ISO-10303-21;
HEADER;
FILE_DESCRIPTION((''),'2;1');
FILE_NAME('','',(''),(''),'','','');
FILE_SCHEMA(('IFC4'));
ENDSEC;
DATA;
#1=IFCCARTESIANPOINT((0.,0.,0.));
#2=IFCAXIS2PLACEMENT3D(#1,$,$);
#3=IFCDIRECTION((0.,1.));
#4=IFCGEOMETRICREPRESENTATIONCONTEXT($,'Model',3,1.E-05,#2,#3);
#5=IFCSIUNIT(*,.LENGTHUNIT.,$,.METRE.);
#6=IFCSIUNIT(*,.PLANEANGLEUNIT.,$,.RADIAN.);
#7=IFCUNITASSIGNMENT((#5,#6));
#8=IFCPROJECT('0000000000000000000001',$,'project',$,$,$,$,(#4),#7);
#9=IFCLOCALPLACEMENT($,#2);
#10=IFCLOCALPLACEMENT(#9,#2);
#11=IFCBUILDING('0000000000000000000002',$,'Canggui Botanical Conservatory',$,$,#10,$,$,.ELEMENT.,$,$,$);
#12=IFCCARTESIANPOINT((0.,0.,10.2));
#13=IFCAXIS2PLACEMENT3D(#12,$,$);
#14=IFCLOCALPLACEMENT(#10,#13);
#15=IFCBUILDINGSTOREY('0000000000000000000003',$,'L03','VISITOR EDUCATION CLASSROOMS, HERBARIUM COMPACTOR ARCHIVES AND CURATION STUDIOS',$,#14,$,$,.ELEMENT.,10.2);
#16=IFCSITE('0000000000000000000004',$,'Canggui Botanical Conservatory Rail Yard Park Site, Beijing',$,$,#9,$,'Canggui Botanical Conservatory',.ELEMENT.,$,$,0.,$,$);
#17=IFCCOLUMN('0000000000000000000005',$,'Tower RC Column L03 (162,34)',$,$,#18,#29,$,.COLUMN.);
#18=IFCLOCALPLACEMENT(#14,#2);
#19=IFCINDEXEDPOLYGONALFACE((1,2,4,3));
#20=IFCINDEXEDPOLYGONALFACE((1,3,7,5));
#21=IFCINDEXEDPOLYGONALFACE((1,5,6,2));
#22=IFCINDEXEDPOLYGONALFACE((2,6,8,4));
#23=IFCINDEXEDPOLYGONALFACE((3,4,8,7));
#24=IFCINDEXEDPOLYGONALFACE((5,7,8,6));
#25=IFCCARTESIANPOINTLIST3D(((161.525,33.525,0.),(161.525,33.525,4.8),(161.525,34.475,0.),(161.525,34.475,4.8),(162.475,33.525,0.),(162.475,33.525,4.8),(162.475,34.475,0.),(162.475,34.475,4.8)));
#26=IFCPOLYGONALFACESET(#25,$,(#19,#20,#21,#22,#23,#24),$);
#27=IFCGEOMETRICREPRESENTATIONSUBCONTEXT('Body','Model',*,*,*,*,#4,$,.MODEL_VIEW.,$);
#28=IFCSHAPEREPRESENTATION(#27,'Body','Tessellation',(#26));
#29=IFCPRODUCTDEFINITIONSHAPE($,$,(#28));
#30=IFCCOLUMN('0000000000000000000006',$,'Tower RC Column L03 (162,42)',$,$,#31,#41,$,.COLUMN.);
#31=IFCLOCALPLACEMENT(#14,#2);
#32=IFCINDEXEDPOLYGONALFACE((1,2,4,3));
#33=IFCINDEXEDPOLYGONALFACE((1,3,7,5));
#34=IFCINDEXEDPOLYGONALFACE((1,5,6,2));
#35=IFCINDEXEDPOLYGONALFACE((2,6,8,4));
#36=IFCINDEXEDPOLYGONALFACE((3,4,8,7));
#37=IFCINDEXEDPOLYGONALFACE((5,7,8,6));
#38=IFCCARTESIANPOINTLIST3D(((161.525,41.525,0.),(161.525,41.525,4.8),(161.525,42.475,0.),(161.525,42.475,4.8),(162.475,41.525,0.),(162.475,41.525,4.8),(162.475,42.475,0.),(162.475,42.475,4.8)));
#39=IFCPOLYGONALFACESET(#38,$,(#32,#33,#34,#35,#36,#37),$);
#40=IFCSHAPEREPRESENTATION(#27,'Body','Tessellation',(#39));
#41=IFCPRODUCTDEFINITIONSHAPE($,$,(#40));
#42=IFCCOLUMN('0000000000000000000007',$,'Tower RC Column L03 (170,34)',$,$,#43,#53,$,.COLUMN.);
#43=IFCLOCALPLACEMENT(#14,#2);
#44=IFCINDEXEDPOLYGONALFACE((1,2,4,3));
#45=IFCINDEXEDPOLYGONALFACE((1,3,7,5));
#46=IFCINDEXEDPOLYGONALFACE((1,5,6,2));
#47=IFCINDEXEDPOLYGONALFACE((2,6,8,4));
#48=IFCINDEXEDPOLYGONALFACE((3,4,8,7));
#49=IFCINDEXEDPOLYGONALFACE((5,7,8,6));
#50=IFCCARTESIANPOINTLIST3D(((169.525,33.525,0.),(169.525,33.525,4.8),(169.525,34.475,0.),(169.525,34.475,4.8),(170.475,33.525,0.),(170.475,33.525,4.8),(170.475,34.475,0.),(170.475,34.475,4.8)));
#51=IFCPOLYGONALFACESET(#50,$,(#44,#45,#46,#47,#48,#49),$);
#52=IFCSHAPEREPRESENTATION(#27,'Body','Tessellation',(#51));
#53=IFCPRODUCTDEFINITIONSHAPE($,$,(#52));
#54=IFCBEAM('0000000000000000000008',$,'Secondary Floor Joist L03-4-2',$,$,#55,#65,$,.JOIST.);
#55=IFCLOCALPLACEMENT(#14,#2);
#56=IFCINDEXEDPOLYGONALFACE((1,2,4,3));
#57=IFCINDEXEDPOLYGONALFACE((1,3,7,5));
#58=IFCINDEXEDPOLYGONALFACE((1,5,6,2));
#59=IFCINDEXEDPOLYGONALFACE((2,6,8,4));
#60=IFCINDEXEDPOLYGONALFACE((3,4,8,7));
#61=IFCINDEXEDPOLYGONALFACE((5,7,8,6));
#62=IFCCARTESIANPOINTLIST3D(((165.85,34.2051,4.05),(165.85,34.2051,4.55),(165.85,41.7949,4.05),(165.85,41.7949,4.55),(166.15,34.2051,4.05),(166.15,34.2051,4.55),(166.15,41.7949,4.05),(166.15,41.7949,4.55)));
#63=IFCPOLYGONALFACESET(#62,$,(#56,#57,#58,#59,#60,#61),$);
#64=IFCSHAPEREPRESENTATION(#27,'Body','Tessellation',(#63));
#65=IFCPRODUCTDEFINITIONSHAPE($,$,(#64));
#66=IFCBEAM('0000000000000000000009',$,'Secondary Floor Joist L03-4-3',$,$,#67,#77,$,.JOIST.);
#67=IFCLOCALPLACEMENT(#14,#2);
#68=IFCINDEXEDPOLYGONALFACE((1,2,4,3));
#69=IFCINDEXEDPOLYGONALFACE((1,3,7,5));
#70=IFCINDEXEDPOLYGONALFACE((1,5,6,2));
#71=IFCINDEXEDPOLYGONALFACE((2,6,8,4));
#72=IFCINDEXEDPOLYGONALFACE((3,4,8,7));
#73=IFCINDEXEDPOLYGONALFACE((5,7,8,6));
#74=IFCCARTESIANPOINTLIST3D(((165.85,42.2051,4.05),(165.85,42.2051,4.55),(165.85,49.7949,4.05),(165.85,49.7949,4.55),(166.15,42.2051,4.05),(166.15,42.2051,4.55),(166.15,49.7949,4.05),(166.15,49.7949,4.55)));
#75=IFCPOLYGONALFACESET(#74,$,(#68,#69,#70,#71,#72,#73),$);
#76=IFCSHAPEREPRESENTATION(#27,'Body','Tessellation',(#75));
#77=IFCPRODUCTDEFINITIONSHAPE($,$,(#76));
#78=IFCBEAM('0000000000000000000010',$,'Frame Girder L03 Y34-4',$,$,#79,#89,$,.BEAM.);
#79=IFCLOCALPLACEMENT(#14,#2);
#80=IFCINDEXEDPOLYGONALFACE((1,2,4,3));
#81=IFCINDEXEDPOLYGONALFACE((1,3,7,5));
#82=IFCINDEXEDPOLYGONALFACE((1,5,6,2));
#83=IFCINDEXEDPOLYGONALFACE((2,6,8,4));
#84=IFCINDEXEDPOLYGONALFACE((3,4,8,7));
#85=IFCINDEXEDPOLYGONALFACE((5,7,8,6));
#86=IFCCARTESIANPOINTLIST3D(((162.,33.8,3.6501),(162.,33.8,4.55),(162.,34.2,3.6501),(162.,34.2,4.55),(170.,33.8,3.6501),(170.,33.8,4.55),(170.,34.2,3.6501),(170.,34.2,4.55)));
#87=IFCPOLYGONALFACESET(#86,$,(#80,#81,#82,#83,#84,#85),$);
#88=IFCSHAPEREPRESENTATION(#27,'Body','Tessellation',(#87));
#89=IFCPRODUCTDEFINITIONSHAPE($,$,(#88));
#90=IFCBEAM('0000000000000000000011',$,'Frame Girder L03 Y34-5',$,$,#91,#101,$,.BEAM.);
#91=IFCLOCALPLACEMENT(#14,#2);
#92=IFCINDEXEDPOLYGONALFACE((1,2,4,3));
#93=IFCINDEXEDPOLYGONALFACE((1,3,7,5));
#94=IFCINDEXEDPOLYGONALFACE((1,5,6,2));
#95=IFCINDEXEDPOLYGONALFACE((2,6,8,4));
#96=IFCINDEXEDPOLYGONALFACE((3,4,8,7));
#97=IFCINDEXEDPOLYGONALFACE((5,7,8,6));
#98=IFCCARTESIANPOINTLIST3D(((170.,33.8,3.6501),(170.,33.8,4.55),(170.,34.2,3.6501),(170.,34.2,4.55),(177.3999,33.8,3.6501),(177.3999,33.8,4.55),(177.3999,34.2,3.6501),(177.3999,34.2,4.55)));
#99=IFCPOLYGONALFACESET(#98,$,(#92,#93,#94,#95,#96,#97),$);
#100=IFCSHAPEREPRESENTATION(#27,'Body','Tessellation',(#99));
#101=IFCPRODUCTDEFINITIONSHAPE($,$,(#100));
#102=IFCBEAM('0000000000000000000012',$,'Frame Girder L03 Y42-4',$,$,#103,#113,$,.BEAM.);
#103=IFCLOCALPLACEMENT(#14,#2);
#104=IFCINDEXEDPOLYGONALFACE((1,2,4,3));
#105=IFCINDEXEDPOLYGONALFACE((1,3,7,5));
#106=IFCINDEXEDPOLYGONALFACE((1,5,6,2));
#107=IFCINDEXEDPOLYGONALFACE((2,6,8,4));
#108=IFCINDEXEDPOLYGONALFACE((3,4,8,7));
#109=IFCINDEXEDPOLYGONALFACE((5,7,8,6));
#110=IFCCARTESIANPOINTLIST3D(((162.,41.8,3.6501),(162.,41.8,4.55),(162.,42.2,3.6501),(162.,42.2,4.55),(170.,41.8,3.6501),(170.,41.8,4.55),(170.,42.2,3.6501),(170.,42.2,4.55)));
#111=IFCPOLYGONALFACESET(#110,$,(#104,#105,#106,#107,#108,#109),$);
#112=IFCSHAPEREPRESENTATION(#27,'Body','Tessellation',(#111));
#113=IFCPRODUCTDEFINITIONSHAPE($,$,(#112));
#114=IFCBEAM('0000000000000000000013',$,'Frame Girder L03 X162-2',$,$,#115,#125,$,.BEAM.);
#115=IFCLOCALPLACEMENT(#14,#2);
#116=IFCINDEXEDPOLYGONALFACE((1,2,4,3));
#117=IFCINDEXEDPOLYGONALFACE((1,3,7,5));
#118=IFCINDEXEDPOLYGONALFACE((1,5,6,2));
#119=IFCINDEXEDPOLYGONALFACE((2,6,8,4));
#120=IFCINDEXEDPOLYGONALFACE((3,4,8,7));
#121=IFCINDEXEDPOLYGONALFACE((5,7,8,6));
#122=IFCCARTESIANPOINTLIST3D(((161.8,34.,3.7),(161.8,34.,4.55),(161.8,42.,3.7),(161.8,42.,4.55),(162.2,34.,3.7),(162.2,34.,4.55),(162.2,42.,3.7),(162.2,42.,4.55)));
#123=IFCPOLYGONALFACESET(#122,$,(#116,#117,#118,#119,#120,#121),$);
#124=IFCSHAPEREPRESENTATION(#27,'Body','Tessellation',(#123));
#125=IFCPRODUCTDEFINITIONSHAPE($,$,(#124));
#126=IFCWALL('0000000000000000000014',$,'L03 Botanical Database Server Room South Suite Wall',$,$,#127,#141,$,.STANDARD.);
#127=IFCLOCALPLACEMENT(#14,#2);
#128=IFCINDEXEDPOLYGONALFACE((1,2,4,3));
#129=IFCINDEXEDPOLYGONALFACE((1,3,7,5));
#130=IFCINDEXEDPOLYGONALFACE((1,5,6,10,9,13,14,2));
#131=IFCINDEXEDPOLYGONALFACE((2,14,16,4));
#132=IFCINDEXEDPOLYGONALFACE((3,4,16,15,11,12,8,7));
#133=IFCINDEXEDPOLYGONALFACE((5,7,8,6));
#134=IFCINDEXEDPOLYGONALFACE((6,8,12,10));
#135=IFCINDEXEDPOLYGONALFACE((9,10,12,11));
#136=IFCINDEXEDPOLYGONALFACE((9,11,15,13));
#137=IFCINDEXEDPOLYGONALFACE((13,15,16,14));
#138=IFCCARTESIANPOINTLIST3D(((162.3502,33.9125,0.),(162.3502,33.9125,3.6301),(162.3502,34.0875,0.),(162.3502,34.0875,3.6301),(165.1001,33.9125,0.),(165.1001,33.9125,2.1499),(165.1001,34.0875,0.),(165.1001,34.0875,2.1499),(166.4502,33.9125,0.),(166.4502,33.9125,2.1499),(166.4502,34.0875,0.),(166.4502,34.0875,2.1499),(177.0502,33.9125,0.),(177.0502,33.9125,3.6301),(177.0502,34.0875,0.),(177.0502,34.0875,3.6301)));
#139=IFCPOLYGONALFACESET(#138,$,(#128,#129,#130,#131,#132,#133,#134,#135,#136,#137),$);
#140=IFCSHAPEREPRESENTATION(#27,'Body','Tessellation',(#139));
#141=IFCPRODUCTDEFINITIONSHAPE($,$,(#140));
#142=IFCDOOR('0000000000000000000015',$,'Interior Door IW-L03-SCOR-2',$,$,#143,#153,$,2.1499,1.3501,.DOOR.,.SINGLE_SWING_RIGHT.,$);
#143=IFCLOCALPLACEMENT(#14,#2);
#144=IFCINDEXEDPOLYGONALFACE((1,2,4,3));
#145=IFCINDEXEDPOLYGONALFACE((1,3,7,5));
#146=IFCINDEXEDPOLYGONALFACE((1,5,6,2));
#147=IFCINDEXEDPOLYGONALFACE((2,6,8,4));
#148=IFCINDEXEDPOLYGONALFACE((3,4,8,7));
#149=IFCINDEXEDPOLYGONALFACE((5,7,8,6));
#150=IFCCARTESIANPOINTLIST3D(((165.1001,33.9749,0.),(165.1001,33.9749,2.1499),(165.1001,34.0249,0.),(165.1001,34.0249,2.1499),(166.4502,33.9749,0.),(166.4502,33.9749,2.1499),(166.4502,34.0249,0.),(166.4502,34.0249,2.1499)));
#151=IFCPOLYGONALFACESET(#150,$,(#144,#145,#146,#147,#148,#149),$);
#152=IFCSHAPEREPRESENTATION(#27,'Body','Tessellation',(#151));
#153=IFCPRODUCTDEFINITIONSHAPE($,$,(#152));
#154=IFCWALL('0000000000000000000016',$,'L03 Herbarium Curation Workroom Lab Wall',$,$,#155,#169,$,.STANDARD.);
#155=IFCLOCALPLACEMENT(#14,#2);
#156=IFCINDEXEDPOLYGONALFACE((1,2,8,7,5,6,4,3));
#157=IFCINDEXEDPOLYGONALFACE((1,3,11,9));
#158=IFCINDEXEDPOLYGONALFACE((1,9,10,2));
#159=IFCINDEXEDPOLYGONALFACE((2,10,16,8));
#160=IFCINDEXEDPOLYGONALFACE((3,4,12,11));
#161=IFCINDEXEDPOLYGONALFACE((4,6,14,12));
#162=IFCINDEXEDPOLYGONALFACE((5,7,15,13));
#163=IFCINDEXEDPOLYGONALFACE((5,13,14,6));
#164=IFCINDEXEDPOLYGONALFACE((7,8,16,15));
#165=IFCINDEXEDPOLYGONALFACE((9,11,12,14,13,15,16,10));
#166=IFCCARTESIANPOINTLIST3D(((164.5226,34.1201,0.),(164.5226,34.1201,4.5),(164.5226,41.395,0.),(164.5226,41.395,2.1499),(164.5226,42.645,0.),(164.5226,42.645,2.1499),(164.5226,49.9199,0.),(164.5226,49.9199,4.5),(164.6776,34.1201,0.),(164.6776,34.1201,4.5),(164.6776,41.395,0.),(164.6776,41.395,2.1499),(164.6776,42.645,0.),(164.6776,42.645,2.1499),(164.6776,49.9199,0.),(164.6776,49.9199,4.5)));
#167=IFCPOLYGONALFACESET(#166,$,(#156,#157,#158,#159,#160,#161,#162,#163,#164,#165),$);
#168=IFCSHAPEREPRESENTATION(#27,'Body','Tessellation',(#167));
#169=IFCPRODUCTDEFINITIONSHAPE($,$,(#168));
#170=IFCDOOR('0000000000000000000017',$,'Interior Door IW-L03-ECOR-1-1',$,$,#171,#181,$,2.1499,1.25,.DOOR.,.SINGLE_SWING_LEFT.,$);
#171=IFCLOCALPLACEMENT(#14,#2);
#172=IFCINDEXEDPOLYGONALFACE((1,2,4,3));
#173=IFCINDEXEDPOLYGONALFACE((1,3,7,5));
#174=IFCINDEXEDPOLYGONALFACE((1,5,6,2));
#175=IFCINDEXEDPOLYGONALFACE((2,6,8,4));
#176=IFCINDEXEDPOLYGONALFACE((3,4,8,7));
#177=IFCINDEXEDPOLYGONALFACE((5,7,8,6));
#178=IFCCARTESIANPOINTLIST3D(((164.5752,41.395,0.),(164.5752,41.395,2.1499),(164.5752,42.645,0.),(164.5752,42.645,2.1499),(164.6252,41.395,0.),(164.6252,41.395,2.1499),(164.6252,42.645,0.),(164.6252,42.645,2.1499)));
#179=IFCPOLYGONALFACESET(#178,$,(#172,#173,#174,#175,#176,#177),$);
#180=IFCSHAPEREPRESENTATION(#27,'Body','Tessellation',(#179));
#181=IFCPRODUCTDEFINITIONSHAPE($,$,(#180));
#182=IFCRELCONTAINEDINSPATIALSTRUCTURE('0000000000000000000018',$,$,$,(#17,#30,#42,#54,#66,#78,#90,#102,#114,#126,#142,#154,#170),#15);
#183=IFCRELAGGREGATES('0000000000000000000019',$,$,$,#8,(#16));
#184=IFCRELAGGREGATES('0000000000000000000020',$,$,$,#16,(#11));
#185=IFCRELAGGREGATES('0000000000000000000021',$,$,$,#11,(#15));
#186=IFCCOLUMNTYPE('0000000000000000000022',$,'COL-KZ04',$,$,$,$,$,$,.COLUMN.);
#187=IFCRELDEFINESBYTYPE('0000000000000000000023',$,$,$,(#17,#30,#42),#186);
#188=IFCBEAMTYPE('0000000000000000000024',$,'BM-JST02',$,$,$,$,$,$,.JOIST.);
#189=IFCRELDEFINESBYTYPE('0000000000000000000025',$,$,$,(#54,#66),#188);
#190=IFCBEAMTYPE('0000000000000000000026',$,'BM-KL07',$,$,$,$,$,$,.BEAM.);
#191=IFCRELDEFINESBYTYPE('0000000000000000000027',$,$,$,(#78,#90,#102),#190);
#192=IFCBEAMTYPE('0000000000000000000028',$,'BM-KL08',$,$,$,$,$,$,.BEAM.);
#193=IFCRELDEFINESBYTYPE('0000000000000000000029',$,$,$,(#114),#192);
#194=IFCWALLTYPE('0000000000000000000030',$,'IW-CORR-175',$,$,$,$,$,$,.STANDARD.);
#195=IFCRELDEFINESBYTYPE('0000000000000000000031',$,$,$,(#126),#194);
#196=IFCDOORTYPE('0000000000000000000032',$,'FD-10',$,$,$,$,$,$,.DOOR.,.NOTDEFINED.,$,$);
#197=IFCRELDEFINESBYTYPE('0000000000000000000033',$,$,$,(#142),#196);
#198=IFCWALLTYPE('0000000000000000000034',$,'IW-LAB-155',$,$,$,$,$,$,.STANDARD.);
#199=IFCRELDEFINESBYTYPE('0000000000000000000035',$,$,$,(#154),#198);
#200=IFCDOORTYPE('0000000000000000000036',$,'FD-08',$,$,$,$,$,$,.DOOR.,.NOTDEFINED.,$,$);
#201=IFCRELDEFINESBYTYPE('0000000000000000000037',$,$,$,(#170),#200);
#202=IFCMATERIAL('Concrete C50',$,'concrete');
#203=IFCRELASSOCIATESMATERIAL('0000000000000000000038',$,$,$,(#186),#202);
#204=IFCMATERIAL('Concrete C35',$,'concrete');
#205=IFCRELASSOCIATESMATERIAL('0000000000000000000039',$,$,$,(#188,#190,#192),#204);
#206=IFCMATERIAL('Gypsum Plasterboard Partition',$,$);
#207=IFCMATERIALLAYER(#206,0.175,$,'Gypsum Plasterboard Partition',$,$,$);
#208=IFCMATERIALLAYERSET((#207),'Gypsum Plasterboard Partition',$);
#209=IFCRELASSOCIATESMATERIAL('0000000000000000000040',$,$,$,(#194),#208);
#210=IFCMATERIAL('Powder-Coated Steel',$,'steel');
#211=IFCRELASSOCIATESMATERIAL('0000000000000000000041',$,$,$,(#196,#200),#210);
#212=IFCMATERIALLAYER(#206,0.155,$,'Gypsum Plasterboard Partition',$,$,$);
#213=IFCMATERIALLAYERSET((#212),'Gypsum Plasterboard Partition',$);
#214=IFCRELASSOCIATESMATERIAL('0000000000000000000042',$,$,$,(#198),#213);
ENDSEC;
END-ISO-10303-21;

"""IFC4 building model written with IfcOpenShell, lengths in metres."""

from ifc_helpers import new_model, si_unit, direction, frame, frame_2d, origin, origin_2d, place, context, subcontext, project, spatial, rectangle, extrude, material, layer, layer_set, material_profile, profile_set, type_object, element, fill, save


model = new_model("IFC4")

# Units and contexts
model_context = context("Model", 3, precision=1e-05, world=origin(), true_north=direction((0.0, 1.0)))
body_context = subcontext(model_context, "Body", "Model", "MODEL_VIEW")
ifc_project = project(units=[si_unit("LENGTHUNIT", "METRE"), si_unit("PLANEANGLEUNIT", "RADIAN")], contexts=[model_context])

# Site, building, storey
site_placement = place(None, origin())
site = spatial("IfcSite", under=ifc_project, at=site_placement, Name="Canggui Botanical Conservatory Rail Yard Park Site, Beijing", LongName="Canggui Botanical Conservatory", CompositionType="ELEMENT", RefElevation=0.0)
building_placement = place(site_placement, origin())
building = spatial("IfcBuilding", under=site, at=building_placement, Name="Canggui Botanical Conservatory", CompositionType="ELEMENT")
storey_placement = place(building_placement, frame((0.0, 0.0, 10.2)))
storey = spatial("IfcBuildingStorey", under=building, at=storey_placement, Name="L03", Description="VISITOR EDUCATION CLASSROOMS, HERBARIUM COMPACTOR ARCHIVES AND CURATION STUDIOS", CompositionType="ELEMENT", Elevation=10.2)

# Columns
ifc_material_1 = material(Name="Concrete C50", Category="concrete")
ifc_material_profile_1 = material_profile(ifc_material_1, rectangle(XDim=0.95, YDim=0.95, at=origin_2d()), Name="RC 950x950")
ifc_profile_set_1 = profile_set([ifc_material_profile_1], Name="Concrete C50")
column_type = type_object("IfcColumnType", Name="COL-KZ04", PredefinedType="COLUMN", material=ifc_profile_set_1)
for number, where, z_axis, x_axis, name in (
    (1, (162.0, 34.0, 0.0), (0.0, 0.0, 1.0), (1.0, 0.0, 0.0), "Tower RC Column L03 (162,34)"),
    (2, (162.0, 42.0, 0.0), (0.0, 0.0, 1.0), (1.0, 0.0, 0.0), "Tower RC Column L03 (162,42)"),
    (3, (170.0, 34.0, 0.0), (0.0, 0.0, 1.0), (1.0, 0.0, 0.0), "Tower RC Column L03 (170,34)"),
):
    element("IfcColumn", number, at=place(storey_placement, frame(where, z_axis=z_axis, x_axis=x_axis)), inside=storey, type_object=column_type, Name=name, PredefinedType="COLUMN", context=body_context, shape_type="SweptSolid", body=[
        extrude(rectangle(XDim=0.95, YDim=0.95, at=origin_2d()), origin(), (0.0, 0.0, 1.0), 4.8),
    ])

# Beams
ifc_material_2 = material(Name="Concrete C35", Category="concrete")
ifc_material_profile_2 = material_profile(ifc_material_2, rectangle(XDim=0.3, YDim=0.5, at=origin_2d()), Name="RB 300x500")
ifc_profile_set_2 = profile_set([ifc_material_profile_2], Name="Concrete C35")
beam_type_1 = type_object("IfcBeamType", Name="BM-JST02", PredefinedType="JOIST", material=ifc_profile_set_2)
for number, where, z_axis, x_axis, name in (
    (4, (166.0, 34.2051, 4.3), (0.0, 1.0, 0.0), (-1.0, 0.0, 0.0), "Secondary Floor Joist L03-4-2"),
    (5, (166.0, 42.2051, 4.3), (0.0, 1.0, 0.0), (-1.0, 0.0, 0.0), "Secondary Floor Joist L03-4-3"),
):
    element("IfcBeam", number, at=place(storey_placement, frame(where, z_axis=z_axis, x_axis=x_axis)), inside=storey, type_object=beam_type_1, Name=name, PredefinedType="JOIST", context=body_context, shape_type="SweptSolid", body=[
        extrude(rectangle(XDim=0.3, YDim=0.5, at=origin_2d()), origin(), (0.0, 0.0, 1.0), 7.5898),
    ])
ifc_material_profile_3 = material_profile(ifc_material_2, rectangle(XDim=0.3999, YDim=0.8999, at=origin_2d()), Name="RB 400x900")
ifc_profile_set_3 = profile_set([ifc_material_profile_3], Name="Concrete C35")
beam_type_2 = type_object("IfcBeamType", Name="BM-KL07", PredefinedType="BEAM", material=ifc_profile_set_3)
beam_1_placement = place(storey_placement, frame((162.0, 34.0, 4.1001), z_axis=(1.0, 0.0, 0.0), x_axis=(0.0, 1.0, 0.0)))
element("IfcBeam", 6, at=beam_1_placement, inside=storey, type_object=beam_type_2, Name="Frame Girder L03 Y34-4", PredefinedType="BEAM", context=body_context, shape_type="SweptSolid", body=[
    extrude(rectangle(XDim=0.3999, YDim=0.8999, at=origin_2d()), origin(), (0.0, 0.0, 1.0), 8.0),
])
beam_2_placement = place(storey_placement, frame((170.0, 34.0, 4.1001), z_axis=(1.0, 0.0, 0.0), x_axis=(0.0, 1.0, 0.0)))
element("IfcBeam", 7, at=beam_2_placement, inside=storey, type_object=beam_type_2, Name="Frame Girder L03 Y34-5", PredefinedType="BEAM", context=body_context, shape_type="SweptSolid", body=[
    extrude(rectangle(XDim=0.3999, YDim=0.8999, at=origin_2d()), origin(), (0.0, 0.0, 1.0), 7.3999),
])
beam_3_placement = place(storey_placement, frame((162.0, 42.0, 4.1001), z_axis=(1.0, 0.0, 0.0), x_axis=(0.0, 1.0, 0.0)))
element("IfcBeam", 8, at=beam_3_placement, inside=storey, type_object=beam_type_2, Name="Frame Girder L03 Y42-4", PredefinedType="BEAM", context=body_context, shape_type="SweptSolid", body=[
    extrude(rectangle(XDim=0.3999, YDim=0.8999, at=origin_2d()), origin(), (0.0, 0.0, 1.0), 8.0),
])
ifc_material_profile_4 = material_profile(ifc_material_2, rectangle(XDim=0.3999, YDim=0.8501, at=origin_2d()), Name="RB 400x850")
ifc_profile_set_4 = profile_set([ifc_material_profile_4], Name="Concrete C35")
beam_type_3 = type_object("IfcBeamType", Name="BM-KL08", PredefinedType="BEAM", material=ifc_profile_set_4)
beam_4_placement = place(storey_placement, frame((162.0, 34.0, 4.125), z_axis=(0.0, 1.0, 0.0), x_axis=(-1.0, 0.0, 0.0)))
element("IfcBeam", 9, at=beam_4_placement, inside=storey, type_object=beam_type_3, Name="Frame Girder L03 X162-2", PredefinedType="BEAM", context=body_context, shape_type="SweptSolid", body=[
    extrude(rectangle(XDim=0.3999, YDim=0.8501, at=origin_2d()), origin(), (0.0, 0.0, 1.0), 8.0),
])

# Walls, openings, doors
ifc_material_3 = material(Name="Gypsum Plasterboard Partition")
ifc_layer_1 = layer(ifc_material_3, 0.175, Name="Gypsum Plasterboard Partition")
ifc_layer_set_1 = layer_set([ifc_layer_1], Name="Gypsum Plasterboard Partition")
wall_type_1 = type_object("IfcWallType", Name="IW-CORR-175", PredefinedType="STANDARD", material=ifc_layer_set_1)
wall_1_placement = place(storey_placement, frame((162.3501, 34.0, 0.0), z_axis=(0.0, 0.0, 1.0), x_axis=(1.0, 0.0, 0.0)))
wall_1 = element("IfcWall", 10, at=wall_1_placement, inside=storey, type_object=wall_type_1, Name="L03 Botanical Database Server Room South Suite Wall", PredefinedType="STANDARD", context=body_context, shape_type="SweptSolid", body=[
    extrude(rectangle(XDim=14.7, YDim=0.175, at=frame_2d((7.3501, 0.0))), origin(), (0.0, 0.0, 1.0), 3.6301),
])
opening_1_placement = place(wall_1_placement, frame((2.75, 0.0, 0.0)))
opening_1 = element("IfcOpeningElement", 11, at=opening_1_placement, cuts=wall_1, PredefinedType="OPENING", context=body_context, shape_type="SweptSolid", body=[
    extrude(rectangle(XDim=1.3501, YDim=2.1499, at=frame_2d((0.675, 1.075))), frame((0.0, 0.0977, 0.0), z_axis=(0.0, -1.0, 0.0), x_axis=(1.0, 0.0, 0.0)), (0.0, 0.0, 1.0), 0.1951),
])
ifc_material_4 = material(Name="Powder-Coated Steel", Category="steel")
door_type_1 = type_object("IfcDoorType", Name="FD-10", OperationType="NOTDEFINED", PredefinedType="DOOR", material=ifc_material_4)
door_1_placement = place(opening_1_placement, origin())
door_1 = element("IfcDoor", 12, at=door_1_placement, inside=storey, type_object=door_type_1, Name="Interior Door IW-L03-SCOR-2", OperationType="SINGLE_SWING_RIGHT", OverallHeight=2.1499, OverallWidth=1.3501, PredefinedType="DOOR", context=body_context, shape_type="SweptSolid", body=[
    extrude(rectangle(XDim=1.3501, YDim=2.1499, at=frame_2d((0.675, 1.075))), frame((0.0, 0.0249, 0.0), z_axis=(0.0, -1.0, 0.0), x_axis=(1.0, 0.0, 0.0)), (0.0, 0.0, 1.0), 0.05),
])
fill(opening_1, door_1)
ifc_layer_2 = layer(ifc_material_3, 0.155, Name="Gypsum Plasterboard Partition")
ifc_layer_set_2 = layer_set([ifc_layer_2], Name="Gypsum Plasterboard Partition")
wall_type_2 = type_object("IfcWallType", Name="IW-LAB-155", PredefinedType="STANDARD", material=ifc_layer_set_2)
wall_2_placement = place(storey_placement, frame((164.6001, 34.1201, 0.0), z_axis=(0.0, 0.0, 1.0), x_axis=(0.0, 1.0, 0.0)))
wall_2 = element("IfcWall", 13, at=wall_2_placement, inside=storey, type_object=wall_type_2, Name="L03 Herbarium Curation Workroom Lab Wall", PredefinedType="STANDARD", context=body_context, shape_type="SweptSolid", body=[
    extrude(rectangle(XDim=15.7998, YDim=0.155, at=frame_2d((7.8999, 0.0))), origin(), (0.0, 0.0, 1.0), 4.5),
])
opening_2_placement = place(wall_2_placement, frame((7.2749, 0.0, 0.0)))
opening_2 = element("IfcOpeningElement", 14, at=opening_2_placement, cuts=wall_2, PredefinedType="OPENING", context=body_context, shape_type="SweptSolid", body=[
    extrude(rectangle(XDim=1.25, YDim=2.1499, at=frame_2d((0.625, 1.075))), frame((0.0, 0.0874, 0.0), z_axis=(0.0, -1.0, 0.0), x_axis=(1.0, 0.0, 0.0)), (0.0, 0.0, 1.0), 0.175),
])
door_type_2 = type_object("IfcDoorType", Name="FD-08", OperationType="NOTDEFINED", PredefinedType="DOOR", material=ifc_material_4)
door_2_placement = place(opening_2_placement, origin())
door_2 = element("IfcDoor", 15, at=door_2_placement, inside=storey, type_object=door_type_2, Name="Interior Door IW-L03-ECOR-1-1", OperationType="SINGLE_SWING_LEFT", OverallHeight=2.1499, OverallWidth=1.25, PredefinedType="DOOR", context=body_context, shape_type="SweptSolid", body=[
    extrude(rectangle(XDim=1.25, YDim=2.1499, at=frame_2d((0.625, 1.075))), frame((0.0, 0.0249, 0.0), z_axis=(0.0, -1.0, 0.0), x_axis=(1.0, 0.0, 0.0)), (0.0, 0.0, 1.0), 0.05),
])
fill(opening_2, door_2)

save(model, "model.ifc")
